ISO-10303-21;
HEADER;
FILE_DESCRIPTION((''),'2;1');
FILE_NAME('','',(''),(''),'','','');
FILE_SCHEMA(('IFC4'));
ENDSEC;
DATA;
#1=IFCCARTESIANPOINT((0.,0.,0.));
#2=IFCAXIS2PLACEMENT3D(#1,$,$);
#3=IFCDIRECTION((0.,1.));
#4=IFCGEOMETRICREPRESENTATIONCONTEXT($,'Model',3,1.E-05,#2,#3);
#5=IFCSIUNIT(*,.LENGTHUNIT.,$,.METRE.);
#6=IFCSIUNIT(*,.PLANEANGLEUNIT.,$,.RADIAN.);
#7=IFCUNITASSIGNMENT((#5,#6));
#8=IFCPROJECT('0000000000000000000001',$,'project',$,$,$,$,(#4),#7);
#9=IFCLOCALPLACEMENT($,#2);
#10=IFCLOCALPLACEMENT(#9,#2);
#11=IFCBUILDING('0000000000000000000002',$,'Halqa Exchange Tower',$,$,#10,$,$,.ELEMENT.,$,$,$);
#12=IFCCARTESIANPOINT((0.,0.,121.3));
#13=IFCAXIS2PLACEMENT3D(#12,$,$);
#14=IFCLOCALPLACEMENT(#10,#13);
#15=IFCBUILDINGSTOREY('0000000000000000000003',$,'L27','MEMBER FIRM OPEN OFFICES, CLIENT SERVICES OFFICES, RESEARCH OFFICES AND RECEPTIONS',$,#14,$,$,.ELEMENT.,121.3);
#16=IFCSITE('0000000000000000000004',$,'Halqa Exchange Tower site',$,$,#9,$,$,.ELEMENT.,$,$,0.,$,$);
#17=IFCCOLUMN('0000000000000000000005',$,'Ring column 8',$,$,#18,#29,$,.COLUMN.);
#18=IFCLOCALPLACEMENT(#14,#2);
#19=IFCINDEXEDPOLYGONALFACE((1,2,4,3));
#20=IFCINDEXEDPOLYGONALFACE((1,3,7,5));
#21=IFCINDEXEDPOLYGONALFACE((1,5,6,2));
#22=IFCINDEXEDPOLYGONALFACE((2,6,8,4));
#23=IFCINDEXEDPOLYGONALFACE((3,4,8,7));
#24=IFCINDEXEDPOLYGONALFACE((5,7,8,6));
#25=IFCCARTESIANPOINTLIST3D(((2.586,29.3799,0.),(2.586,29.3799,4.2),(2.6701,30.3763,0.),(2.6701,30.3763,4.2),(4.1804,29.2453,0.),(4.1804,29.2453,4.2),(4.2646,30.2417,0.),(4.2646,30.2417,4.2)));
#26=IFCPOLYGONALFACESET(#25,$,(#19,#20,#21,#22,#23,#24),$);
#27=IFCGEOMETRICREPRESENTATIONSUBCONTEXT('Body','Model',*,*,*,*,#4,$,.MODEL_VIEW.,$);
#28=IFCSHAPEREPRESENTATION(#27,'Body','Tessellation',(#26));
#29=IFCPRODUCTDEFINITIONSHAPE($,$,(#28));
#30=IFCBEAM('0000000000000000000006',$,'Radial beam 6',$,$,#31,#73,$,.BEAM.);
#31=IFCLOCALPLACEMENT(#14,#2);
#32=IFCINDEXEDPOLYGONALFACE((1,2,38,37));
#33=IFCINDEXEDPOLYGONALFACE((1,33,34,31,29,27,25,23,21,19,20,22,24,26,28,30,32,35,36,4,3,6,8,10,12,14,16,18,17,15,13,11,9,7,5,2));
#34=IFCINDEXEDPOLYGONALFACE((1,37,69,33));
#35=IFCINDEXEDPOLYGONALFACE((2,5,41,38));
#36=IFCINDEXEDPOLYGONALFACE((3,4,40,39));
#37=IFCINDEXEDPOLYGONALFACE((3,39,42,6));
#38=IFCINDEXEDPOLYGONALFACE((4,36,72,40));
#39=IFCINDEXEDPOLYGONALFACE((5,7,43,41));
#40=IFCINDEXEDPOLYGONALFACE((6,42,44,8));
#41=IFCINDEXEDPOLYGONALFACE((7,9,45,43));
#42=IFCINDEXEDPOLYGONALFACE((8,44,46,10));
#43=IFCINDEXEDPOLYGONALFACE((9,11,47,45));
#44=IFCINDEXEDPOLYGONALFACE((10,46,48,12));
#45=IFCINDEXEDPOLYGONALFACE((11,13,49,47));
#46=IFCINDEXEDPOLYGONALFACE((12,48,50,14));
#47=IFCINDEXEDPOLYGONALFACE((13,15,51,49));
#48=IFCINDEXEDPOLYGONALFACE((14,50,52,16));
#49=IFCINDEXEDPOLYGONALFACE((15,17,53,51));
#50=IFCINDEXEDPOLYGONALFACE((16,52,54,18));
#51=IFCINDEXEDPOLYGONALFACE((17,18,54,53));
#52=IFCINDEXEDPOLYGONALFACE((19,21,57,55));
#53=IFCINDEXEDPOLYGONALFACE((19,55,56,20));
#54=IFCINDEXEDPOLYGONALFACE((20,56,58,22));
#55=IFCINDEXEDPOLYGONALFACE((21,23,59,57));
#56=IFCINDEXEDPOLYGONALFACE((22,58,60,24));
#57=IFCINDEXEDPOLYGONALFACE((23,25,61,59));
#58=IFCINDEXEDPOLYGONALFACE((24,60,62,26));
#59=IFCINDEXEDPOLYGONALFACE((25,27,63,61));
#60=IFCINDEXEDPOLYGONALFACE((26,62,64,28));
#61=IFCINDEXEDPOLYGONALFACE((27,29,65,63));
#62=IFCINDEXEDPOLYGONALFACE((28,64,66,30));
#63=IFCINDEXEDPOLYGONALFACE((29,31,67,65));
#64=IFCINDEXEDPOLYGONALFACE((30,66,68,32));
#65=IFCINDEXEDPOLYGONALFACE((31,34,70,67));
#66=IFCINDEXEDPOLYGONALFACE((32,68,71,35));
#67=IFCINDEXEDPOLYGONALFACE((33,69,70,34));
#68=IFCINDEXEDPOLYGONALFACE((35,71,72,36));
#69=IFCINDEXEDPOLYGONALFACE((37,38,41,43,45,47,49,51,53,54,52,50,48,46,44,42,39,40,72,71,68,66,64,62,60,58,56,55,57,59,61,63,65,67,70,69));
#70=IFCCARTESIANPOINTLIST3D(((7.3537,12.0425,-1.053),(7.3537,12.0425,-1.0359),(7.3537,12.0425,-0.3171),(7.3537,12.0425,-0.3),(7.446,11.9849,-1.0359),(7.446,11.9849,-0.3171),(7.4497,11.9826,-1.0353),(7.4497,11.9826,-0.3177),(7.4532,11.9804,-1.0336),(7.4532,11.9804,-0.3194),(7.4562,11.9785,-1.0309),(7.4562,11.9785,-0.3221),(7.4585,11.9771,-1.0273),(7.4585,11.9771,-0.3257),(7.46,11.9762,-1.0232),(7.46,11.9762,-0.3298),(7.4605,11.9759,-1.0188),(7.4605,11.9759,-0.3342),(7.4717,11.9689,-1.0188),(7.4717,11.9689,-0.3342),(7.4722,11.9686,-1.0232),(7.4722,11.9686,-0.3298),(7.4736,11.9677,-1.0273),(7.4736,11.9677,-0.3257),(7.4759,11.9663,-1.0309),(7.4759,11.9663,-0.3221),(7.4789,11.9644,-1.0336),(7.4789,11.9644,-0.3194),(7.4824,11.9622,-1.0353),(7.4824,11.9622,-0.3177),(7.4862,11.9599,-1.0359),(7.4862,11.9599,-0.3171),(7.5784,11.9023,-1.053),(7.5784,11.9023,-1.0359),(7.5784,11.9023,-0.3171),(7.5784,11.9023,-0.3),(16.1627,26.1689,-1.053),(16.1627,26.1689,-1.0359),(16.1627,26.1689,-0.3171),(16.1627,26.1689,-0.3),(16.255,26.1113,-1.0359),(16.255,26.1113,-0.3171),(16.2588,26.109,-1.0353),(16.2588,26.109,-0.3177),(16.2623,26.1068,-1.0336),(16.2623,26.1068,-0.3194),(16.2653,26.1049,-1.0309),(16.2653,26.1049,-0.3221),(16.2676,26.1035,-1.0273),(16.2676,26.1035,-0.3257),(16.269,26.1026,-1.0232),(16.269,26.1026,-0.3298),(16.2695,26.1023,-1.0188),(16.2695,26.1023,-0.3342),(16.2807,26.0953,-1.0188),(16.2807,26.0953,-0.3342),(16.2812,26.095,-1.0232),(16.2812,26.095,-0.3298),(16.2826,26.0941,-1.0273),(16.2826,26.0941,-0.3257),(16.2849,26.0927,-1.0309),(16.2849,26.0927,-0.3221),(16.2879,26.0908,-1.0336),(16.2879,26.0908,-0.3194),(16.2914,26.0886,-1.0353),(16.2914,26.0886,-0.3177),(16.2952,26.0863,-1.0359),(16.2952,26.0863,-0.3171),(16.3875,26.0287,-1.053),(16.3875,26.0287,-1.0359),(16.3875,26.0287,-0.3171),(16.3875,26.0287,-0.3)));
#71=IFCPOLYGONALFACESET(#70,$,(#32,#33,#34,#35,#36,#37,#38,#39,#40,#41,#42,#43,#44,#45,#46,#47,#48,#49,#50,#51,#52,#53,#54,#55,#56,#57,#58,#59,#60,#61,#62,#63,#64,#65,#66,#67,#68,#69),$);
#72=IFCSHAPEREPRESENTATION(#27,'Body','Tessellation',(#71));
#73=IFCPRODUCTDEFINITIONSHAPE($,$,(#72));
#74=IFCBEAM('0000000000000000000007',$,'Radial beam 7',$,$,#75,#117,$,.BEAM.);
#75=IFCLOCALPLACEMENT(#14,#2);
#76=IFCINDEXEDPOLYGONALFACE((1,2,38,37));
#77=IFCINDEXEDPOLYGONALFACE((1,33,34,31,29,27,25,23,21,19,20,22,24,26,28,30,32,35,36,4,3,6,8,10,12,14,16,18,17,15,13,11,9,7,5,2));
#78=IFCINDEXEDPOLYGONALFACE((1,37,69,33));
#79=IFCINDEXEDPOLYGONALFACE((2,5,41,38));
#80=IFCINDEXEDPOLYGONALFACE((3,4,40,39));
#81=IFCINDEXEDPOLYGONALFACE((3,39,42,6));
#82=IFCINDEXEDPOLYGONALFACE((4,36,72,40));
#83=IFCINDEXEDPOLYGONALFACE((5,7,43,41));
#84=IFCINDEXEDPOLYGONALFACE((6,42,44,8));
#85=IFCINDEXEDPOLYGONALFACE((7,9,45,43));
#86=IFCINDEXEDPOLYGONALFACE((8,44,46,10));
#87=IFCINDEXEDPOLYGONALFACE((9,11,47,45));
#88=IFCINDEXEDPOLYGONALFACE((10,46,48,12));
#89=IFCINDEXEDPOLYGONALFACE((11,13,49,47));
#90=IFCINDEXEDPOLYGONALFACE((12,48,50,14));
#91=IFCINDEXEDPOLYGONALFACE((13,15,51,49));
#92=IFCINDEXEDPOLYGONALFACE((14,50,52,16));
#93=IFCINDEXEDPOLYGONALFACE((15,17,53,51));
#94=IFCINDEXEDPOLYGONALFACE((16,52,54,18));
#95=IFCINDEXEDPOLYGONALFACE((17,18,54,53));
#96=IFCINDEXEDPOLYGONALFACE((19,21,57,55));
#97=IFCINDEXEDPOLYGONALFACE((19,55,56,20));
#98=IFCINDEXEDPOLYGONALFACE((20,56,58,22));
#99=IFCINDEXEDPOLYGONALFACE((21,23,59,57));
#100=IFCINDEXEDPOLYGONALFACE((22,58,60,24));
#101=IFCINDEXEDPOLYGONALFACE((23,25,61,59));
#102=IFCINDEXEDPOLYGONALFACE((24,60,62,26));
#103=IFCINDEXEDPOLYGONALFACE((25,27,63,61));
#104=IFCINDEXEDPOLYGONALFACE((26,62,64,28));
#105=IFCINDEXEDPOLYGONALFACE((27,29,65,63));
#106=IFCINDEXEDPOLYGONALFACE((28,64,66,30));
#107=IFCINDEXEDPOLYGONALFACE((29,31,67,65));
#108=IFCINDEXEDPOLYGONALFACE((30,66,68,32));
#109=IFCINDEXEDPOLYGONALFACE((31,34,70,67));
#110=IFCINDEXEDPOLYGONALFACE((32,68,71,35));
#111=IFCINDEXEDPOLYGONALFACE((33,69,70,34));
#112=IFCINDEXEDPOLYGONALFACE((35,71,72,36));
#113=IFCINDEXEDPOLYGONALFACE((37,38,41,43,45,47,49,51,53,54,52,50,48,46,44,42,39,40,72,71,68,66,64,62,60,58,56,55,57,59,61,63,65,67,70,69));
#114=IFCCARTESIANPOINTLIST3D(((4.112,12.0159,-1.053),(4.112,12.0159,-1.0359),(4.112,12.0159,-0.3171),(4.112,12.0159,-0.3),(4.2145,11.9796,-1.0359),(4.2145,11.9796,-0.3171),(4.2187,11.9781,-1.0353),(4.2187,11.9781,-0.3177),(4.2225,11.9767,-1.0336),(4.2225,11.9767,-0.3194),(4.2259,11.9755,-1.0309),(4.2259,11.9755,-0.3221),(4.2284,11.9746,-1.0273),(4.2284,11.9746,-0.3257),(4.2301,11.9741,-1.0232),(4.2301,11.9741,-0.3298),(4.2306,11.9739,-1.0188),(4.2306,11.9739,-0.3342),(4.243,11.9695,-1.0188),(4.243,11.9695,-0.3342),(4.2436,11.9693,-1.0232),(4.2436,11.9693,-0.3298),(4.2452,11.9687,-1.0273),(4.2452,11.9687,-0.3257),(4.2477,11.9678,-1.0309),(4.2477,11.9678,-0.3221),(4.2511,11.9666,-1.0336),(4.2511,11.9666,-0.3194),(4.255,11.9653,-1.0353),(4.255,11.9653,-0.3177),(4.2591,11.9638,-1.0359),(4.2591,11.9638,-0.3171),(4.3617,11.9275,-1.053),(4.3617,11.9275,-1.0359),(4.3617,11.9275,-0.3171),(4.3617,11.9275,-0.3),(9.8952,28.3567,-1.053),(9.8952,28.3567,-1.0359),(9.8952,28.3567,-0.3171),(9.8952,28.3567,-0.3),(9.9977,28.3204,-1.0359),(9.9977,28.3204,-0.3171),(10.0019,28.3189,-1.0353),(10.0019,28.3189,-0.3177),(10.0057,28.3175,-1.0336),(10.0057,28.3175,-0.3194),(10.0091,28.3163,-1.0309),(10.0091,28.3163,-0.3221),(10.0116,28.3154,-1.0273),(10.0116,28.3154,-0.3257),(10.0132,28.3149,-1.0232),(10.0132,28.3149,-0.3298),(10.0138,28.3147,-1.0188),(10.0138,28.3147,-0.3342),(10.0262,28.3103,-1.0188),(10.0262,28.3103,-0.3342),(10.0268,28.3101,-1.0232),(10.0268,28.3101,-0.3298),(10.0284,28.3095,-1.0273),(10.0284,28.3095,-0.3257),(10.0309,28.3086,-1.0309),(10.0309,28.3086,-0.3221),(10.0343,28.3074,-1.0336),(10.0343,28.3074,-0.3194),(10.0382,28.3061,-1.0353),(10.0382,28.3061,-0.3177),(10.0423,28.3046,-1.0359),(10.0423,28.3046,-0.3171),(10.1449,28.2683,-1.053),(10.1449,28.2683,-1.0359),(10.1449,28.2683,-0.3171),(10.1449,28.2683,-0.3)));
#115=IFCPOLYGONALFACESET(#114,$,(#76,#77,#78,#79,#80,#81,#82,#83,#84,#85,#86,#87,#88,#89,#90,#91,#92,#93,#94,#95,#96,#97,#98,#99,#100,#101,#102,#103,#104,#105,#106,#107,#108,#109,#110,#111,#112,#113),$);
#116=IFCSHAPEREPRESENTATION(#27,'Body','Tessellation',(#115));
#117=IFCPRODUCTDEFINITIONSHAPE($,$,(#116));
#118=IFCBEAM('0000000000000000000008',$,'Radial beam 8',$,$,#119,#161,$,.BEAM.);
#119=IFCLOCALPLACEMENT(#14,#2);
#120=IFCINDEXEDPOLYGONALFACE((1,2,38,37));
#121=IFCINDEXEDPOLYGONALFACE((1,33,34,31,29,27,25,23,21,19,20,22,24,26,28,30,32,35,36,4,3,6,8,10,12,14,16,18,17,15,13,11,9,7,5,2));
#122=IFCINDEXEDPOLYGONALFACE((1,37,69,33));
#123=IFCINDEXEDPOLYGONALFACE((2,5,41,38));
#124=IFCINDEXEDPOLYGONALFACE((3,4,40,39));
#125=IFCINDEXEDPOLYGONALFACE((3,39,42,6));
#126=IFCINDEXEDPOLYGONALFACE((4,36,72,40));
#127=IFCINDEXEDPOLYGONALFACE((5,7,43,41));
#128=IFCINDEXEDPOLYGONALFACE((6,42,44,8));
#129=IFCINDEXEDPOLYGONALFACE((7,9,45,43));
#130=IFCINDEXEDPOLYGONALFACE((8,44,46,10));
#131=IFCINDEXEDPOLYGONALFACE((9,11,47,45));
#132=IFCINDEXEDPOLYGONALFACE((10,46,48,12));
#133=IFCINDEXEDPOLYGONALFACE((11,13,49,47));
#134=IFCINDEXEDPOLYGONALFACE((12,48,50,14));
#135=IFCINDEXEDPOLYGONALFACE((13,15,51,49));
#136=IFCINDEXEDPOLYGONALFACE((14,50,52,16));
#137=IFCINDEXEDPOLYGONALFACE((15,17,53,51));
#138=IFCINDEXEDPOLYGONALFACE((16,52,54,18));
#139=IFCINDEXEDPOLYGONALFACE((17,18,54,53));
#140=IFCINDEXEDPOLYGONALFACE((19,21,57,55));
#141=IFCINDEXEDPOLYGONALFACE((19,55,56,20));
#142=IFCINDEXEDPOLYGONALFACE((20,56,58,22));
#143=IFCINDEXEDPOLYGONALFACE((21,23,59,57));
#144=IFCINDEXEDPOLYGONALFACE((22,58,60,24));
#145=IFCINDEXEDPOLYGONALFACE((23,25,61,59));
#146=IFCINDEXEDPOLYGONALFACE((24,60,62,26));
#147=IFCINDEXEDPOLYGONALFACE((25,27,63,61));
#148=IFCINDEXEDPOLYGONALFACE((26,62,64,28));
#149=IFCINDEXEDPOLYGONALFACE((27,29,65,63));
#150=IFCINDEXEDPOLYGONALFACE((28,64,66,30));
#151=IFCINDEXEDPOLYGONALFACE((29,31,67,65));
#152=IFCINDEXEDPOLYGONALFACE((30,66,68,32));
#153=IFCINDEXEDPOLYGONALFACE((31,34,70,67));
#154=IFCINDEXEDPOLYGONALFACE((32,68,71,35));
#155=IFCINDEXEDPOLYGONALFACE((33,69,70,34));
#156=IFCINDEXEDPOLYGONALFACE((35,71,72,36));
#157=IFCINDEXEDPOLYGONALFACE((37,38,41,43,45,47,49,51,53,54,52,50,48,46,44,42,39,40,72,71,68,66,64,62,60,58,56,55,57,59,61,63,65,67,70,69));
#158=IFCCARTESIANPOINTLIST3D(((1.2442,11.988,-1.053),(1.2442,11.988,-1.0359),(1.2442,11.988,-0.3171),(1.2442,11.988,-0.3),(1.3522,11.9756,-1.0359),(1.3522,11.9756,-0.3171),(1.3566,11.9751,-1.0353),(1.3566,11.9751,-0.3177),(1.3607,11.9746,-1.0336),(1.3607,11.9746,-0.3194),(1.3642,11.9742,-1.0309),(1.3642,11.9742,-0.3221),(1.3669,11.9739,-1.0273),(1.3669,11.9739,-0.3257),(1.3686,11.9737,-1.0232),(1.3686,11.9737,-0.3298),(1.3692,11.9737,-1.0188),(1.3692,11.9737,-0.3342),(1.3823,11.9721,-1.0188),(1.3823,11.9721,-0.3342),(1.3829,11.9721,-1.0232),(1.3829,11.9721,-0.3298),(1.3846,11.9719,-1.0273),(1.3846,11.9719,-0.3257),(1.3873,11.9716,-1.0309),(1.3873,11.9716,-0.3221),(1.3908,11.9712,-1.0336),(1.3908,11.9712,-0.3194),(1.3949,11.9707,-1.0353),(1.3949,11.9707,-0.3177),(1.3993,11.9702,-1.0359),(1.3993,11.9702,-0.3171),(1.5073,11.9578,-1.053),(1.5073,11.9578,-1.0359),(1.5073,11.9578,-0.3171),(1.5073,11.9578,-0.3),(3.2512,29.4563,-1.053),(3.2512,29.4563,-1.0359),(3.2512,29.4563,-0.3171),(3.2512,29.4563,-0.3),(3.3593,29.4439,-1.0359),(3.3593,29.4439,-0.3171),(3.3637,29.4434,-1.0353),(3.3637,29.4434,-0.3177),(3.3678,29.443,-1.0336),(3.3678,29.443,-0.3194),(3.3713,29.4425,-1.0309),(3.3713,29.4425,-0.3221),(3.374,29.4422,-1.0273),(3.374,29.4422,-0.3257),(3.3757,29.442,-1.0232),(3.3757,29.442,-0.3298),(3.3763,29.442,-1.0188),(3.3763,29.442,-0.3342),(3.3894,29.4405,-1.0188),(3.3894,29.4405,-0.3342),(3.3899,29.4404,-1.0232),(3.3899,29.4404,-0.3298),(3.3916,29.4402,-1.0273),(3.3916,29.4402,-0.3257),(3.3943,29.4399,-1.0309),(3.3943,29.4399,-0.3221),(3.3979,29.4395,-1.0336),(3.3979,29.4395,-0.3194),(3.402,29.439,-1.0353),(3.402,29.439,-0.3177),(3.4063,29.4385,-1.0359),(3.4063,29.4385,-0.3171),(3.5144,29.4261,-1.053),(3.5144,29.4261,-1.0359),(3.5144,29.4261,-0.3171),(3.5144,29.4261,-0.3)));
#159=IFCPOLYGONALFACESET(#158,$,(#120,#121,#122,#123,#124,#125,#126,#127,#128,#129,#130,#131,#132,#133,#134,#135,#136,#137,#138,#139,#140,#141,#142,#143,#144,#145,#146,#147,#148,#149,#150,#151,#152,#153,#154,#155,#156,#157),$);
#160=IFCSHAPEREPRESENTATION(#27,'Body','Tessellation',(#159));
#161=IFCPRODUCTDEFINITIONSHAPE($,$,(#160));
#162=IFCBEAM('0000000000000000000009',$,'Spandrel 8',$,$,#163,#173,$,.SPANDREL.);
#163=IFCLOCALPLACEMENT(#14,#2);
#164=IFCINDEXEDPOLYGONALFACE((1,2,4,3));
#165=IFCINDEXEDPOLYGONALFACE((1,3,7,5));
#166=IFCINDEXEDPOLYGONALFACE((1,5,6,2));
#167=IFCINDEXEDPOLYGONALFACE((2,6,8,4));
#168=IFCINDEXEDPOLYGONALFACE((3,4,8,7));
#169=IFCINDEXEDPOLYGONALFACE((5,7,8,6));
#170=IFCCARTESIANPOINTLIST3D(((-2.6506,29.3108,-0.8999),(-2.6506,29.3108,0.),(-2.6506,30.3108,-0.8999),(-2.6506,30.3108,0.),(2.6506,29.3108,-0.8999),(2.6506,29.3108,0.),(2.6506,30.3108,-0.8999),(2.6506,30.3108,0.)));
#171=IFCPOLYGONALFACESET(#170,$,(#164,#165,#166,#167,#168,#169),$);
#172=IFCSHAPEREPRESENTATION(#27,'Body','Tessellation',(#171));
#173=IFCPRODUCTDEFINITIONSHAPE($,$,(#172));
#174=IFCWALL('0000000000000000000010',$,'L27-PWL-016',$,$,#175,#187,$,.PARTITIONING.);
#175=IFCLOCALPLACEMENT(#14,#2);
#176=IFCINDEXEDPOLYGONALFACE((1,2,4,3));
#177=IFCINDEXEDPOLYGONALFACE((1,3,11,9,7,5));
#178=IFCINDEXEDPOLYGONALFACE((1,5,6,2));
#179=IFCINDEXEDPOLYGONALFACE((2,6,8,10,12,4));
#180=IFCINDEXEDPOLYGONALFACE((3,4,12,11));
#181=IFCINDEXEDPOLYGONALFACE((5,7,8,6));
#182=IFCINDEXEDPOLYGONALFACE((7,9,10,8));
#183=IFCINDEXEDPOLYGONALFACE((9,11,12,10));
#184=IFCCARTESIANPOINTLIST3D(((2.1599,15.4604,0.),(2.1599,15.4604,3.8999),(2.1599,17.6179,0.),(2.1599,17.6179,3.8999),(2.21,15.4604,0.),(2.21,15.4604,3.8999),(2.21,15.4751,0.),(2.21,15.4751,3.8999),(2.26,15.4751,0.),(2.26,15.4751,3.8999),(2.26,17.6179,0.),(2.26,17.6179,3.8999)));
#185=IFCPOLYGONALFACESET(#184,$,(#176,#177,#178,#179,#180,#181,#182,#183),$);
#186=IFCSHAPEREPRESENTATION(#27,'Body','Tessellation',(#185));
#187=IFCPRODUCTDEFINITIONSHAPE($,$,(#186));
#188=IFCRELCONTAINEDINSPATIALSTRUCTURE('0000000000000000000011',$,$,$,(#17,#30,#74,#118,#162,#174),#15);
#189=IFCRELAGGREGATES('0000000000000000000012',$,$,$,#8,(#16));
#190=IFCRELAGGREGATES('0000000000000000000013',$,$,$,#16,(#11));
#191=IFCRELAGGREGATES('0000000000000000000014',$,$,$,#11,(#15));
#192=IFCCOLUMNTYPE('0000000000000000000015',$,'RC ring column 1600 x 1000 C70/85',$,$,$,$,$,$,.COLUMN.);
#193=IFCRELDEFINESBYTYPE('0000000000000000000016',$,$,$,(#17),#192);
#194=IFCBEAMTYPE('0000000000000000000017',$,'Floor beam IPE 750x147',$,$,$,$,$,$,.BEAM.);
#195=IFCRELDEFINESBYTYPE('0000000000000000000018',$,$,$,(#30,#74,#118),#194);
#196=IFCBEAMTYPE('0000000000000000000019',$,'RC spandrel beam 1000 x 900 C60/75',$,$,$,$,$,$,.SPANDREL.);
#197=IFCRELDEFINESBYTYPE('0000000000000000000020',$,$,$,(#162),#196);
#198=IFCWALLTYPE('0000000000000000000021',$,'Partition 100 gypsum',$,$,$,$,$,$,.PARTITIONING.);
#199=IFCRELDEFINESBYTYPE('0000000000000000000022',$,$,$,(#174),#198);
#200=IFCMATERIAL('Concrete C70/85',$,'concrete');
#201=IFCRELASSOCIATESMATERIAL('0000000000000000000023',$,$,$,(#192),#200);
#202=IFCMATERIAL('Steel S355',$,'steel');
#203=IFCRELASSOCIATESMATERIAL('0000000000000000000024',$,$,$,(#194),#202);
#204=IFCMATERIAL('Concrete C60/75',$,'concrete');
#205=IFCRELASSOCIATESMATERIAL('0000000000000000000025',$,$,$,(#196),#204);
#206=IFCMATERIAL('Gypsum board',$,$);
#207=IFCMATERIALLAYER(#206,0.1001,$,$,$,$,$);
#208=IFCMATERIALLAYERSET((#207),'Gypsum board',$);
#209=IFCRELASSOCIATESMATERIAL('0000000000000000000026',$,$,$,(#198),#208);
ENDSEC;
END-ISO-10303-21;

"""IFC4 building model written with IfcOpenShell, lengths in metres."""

from ifc_helpers import new_model, si_unit, direction, frame, origin, origin_2d, place, context, subcontext, project, spatial, polyline, rectangle, i_section, outline, extrude, material, layer, layer_set, material_profile, profile_set, type_object, element, save


model = new_model("IFC4")

# Units and contexts
model_context = context("Model", 3, precision=1e-05, world=origin(), true_north=direction((0.0, 1.0)))
body_context = subcontext(model_context, "Body", "Model", "MODEL_VIEW")
ifc_project = project(units=[si_unit("LENGTHUNIT", "METRE"), si_unit("PLANEANGLEUNIT", "RADIAN")], contexts=[model_context])

# Site, building, storey
site_placement = place(None, origin())
site = spatial("IfcSite", under=ifc_project, at=site_placement, Name="Halqa Exchange Tower site", CompositionType="ELEMENT", RefElevation=0.0)
building_placement = place(site_placement, origin())
building = spatial("IfcBuilding", under=site, at=building_placement, Name="Halqa Exchange Tower", CompositionType="ELEMENT")
storey_placement = place(building_placement, frame((0.0, 0.0, 121.3)))
storey = spatial("IfcBuildingStorey", under=building, at=storey_placement, Name="L27", Description="MEMBER FIRM OPEN OFFICES, CLIENT SERVICES OFFICES, RESEARCH OFFICES AND RECEPTIONS", CompositionType="ELEMENT", Elevation=121.3)

# Column
ifc_material_1 = material(Name="Concrete C70/85", Category="concrete")
ifc_material_profile_1 = material_profile(ifc_material_1, rectangle(XDim=1.6001, YDim=1.0, at=origin_2d()), Name="1600 x 1000")
ifc_profile_set_1 = profile_set([ifc_material_profile_1], Name="Concrete C70/85")
column_type = type_object("IfcColumnType", Name="RC ring column 1600 x 1000 C70/85", PredefinedType="COLUMN", material=ifc_profile_set_1)
column_placement = place(storey_placement, frame((3.4253, 29.8108, 0.0), z_axis=(0.0, 0.0, 1.0), x_axis=(-0.996456, 0.084121, 0.0)))
element("IfcColumn", 1, at=column_placement, inside=storey, type_object=column_type, Name="Ring column 8", PredefinedType="COLUMN", context=body_context, shape_type="SweptSolid", body=[
    extrude(rectangle(XDim=1.6001, YDim=1.0, at=origin_2d()), origin(), (0.0, 0.0, 1.0), 4.2),
])

# Beams
ifc_material_2 = material(Name="Steel S355", Category="steel")
ifc_material_profile_2 = material_profile(ifc_material_2, i_section(OverallWidth=0.2649, OverallDepth=0.7529, WebThickness=0.0132, FlangeThickness=0.0171, FilletRadius=0.0171, at=origin_2d()), Name="IPE 750x147")
ifc_profile_set_2 = profile_set([ifc_material_profile_2], Name="Steel S355")
beam_type_1 = type_object("IfcBeamType", Name="Floor beam IPE 750x147", PredefinedType="BEAM", material=ifc_profile_set_2)
beam_1_placement = place(storey_placement, frame((7.4661, 11.9724, -0.6765), z_axis=(0.529137, 0.848537, 0.0), x_axis=(-0.848537, 0.529137, 0.0)))
element("IfcBeam", 2, at=beam_1_placement, inside=storey, type_object=beam_type_1, Name="Radial beam 6", PredefinedType="BEAM", context=body_context, shape_type="SweptSolid", body=[
    extrude(i_section(OverallWidth=0.2649, OverallDepth=0.7529, WebThickness=0.0132, FlangeThickness=0.0171, FilletRadius=0.0171, at=origin_2d()), origin(), (0.0, 0.0, 1.0), 16.6479),
])
beam_2_placement = place(storey_placement, frame((4.2368, 11.9717, -0.6765), z_axis=(0.333633, 0.942703, 0.0), x_axis=(-0.942703, 0.333633, 0.0)))
element("IfcBeam", 3, at=beam_2_placement, inside=storey, type_object=beam_type_1, Name="Radial beam 7", PredefinedType="BEAM", context=body_context, shape_type="SweptSolid", body=[
    extrude(i_section(OverallWidth=0.2649, OverallDepth=0.7529, WebThickness=0.0132, FlangeThickness=0.0171, FilletRadius=0.0171, at=origin_2d()), origin(), (0.0, 0.0, 1.0), 17.334),
])
beam_3_placement = place(storey_placement, frame((1.3757, 11.9729, -0.6765), z_axis=(0.114148, 0.993464, 0.0), x_axis=(-0.993464, 0.114148, 0.0)))
element("IfcBeam", 4, at=beam_3_placement, inside=storey, type_object=beam_type_1, Name="Radial beam 8", PredefinedType="BEAM", context=body_context, shape_type="SweptSolid", body=[
    extrude(i_section(OverallWidth=0.2649, OverallDepth=0.7529, WebThickness=0.0132, FlangeThickness=0.0171, FilletRadius=0.0171, at=origin_2d()), origin(), (0.0, 0.0, 1.0), 17.5833),
])
ifc_material_3 = material(Name="Concrete C60/75", Category="concrete")
ifc_material_profile_3 = material_profile(ifc_material_3, rectangle(XDim=1.0, YDim=0.8999, at=origin_2d()), Name="1000 x 900")
ifc_profile_set_3 = profile_set([ifc_material_profile_3], Name="Concrete C60/75")
beam_type_2 = type_object("IfcBeamType", Name="RC spandrel beam 1000 x 900 C60/75", PredefinedType="SPANDREL", material=ifc_profile_set_3)
beam_4_placement = place(storey_placement, frame((2.6506, 29.8108, -0.45), z_axis=(-1.0, 0.0, 0.0), x_axis=(0.0, -1.0, 0.0)))
element("IfcBeam", 5, at=beam_4_placement, inside=storey, type_object=beam_type_2, Name="Spandrel 8", PredefinedType="SPANDREL", context=body_context, shape_type="SweptSolid", body=[
    extrude(rectangle(XDim=1.0, YDim=0.8999, at=origin_2d()), origin(), (0.0, 0.0, 1.0), 5.3013),
])

# Wall
ifc_material_4 = material(Name="Gypsum board")
ifc_layer_1 = layer(ifc_material_4, 0.1001)
ifc_layer_set_1 = layer_set([ifc_layer_1], Name="Gypsum board")
wall_type_1 = type_object("IfcWallType", Name="Partition 100 gypsum", PredefinedType="PARTITIONING", material=ifc_layer_set_1)
wall_1_placement = place(storey_placement, frame((2.21, 15.4604, 0.0), z_axis=(0.0, 0.0, 1.0), x_axis=(0.0, 1.0, 0.0)))
element("IfcWall", 6, at=wall_1_placement, inside=storey, type_object=wall_type_1, Name="L27-PWL-016", PredefinedType="PARTITIONING", context=body_context, shape_type="SweptSolid", body=[
    extrude(outline(polyline([(0.0, 0.05), (0.0, 0.0), (0.0146, 0.0), (0.0146, -0.05), (2.1575, -0.05), (2.1575, 0.05), (0.0, 0.05)])), origin(), (0.0, 0.0, 1.0), 3.8999),
])

save(model, "model.ifc")
